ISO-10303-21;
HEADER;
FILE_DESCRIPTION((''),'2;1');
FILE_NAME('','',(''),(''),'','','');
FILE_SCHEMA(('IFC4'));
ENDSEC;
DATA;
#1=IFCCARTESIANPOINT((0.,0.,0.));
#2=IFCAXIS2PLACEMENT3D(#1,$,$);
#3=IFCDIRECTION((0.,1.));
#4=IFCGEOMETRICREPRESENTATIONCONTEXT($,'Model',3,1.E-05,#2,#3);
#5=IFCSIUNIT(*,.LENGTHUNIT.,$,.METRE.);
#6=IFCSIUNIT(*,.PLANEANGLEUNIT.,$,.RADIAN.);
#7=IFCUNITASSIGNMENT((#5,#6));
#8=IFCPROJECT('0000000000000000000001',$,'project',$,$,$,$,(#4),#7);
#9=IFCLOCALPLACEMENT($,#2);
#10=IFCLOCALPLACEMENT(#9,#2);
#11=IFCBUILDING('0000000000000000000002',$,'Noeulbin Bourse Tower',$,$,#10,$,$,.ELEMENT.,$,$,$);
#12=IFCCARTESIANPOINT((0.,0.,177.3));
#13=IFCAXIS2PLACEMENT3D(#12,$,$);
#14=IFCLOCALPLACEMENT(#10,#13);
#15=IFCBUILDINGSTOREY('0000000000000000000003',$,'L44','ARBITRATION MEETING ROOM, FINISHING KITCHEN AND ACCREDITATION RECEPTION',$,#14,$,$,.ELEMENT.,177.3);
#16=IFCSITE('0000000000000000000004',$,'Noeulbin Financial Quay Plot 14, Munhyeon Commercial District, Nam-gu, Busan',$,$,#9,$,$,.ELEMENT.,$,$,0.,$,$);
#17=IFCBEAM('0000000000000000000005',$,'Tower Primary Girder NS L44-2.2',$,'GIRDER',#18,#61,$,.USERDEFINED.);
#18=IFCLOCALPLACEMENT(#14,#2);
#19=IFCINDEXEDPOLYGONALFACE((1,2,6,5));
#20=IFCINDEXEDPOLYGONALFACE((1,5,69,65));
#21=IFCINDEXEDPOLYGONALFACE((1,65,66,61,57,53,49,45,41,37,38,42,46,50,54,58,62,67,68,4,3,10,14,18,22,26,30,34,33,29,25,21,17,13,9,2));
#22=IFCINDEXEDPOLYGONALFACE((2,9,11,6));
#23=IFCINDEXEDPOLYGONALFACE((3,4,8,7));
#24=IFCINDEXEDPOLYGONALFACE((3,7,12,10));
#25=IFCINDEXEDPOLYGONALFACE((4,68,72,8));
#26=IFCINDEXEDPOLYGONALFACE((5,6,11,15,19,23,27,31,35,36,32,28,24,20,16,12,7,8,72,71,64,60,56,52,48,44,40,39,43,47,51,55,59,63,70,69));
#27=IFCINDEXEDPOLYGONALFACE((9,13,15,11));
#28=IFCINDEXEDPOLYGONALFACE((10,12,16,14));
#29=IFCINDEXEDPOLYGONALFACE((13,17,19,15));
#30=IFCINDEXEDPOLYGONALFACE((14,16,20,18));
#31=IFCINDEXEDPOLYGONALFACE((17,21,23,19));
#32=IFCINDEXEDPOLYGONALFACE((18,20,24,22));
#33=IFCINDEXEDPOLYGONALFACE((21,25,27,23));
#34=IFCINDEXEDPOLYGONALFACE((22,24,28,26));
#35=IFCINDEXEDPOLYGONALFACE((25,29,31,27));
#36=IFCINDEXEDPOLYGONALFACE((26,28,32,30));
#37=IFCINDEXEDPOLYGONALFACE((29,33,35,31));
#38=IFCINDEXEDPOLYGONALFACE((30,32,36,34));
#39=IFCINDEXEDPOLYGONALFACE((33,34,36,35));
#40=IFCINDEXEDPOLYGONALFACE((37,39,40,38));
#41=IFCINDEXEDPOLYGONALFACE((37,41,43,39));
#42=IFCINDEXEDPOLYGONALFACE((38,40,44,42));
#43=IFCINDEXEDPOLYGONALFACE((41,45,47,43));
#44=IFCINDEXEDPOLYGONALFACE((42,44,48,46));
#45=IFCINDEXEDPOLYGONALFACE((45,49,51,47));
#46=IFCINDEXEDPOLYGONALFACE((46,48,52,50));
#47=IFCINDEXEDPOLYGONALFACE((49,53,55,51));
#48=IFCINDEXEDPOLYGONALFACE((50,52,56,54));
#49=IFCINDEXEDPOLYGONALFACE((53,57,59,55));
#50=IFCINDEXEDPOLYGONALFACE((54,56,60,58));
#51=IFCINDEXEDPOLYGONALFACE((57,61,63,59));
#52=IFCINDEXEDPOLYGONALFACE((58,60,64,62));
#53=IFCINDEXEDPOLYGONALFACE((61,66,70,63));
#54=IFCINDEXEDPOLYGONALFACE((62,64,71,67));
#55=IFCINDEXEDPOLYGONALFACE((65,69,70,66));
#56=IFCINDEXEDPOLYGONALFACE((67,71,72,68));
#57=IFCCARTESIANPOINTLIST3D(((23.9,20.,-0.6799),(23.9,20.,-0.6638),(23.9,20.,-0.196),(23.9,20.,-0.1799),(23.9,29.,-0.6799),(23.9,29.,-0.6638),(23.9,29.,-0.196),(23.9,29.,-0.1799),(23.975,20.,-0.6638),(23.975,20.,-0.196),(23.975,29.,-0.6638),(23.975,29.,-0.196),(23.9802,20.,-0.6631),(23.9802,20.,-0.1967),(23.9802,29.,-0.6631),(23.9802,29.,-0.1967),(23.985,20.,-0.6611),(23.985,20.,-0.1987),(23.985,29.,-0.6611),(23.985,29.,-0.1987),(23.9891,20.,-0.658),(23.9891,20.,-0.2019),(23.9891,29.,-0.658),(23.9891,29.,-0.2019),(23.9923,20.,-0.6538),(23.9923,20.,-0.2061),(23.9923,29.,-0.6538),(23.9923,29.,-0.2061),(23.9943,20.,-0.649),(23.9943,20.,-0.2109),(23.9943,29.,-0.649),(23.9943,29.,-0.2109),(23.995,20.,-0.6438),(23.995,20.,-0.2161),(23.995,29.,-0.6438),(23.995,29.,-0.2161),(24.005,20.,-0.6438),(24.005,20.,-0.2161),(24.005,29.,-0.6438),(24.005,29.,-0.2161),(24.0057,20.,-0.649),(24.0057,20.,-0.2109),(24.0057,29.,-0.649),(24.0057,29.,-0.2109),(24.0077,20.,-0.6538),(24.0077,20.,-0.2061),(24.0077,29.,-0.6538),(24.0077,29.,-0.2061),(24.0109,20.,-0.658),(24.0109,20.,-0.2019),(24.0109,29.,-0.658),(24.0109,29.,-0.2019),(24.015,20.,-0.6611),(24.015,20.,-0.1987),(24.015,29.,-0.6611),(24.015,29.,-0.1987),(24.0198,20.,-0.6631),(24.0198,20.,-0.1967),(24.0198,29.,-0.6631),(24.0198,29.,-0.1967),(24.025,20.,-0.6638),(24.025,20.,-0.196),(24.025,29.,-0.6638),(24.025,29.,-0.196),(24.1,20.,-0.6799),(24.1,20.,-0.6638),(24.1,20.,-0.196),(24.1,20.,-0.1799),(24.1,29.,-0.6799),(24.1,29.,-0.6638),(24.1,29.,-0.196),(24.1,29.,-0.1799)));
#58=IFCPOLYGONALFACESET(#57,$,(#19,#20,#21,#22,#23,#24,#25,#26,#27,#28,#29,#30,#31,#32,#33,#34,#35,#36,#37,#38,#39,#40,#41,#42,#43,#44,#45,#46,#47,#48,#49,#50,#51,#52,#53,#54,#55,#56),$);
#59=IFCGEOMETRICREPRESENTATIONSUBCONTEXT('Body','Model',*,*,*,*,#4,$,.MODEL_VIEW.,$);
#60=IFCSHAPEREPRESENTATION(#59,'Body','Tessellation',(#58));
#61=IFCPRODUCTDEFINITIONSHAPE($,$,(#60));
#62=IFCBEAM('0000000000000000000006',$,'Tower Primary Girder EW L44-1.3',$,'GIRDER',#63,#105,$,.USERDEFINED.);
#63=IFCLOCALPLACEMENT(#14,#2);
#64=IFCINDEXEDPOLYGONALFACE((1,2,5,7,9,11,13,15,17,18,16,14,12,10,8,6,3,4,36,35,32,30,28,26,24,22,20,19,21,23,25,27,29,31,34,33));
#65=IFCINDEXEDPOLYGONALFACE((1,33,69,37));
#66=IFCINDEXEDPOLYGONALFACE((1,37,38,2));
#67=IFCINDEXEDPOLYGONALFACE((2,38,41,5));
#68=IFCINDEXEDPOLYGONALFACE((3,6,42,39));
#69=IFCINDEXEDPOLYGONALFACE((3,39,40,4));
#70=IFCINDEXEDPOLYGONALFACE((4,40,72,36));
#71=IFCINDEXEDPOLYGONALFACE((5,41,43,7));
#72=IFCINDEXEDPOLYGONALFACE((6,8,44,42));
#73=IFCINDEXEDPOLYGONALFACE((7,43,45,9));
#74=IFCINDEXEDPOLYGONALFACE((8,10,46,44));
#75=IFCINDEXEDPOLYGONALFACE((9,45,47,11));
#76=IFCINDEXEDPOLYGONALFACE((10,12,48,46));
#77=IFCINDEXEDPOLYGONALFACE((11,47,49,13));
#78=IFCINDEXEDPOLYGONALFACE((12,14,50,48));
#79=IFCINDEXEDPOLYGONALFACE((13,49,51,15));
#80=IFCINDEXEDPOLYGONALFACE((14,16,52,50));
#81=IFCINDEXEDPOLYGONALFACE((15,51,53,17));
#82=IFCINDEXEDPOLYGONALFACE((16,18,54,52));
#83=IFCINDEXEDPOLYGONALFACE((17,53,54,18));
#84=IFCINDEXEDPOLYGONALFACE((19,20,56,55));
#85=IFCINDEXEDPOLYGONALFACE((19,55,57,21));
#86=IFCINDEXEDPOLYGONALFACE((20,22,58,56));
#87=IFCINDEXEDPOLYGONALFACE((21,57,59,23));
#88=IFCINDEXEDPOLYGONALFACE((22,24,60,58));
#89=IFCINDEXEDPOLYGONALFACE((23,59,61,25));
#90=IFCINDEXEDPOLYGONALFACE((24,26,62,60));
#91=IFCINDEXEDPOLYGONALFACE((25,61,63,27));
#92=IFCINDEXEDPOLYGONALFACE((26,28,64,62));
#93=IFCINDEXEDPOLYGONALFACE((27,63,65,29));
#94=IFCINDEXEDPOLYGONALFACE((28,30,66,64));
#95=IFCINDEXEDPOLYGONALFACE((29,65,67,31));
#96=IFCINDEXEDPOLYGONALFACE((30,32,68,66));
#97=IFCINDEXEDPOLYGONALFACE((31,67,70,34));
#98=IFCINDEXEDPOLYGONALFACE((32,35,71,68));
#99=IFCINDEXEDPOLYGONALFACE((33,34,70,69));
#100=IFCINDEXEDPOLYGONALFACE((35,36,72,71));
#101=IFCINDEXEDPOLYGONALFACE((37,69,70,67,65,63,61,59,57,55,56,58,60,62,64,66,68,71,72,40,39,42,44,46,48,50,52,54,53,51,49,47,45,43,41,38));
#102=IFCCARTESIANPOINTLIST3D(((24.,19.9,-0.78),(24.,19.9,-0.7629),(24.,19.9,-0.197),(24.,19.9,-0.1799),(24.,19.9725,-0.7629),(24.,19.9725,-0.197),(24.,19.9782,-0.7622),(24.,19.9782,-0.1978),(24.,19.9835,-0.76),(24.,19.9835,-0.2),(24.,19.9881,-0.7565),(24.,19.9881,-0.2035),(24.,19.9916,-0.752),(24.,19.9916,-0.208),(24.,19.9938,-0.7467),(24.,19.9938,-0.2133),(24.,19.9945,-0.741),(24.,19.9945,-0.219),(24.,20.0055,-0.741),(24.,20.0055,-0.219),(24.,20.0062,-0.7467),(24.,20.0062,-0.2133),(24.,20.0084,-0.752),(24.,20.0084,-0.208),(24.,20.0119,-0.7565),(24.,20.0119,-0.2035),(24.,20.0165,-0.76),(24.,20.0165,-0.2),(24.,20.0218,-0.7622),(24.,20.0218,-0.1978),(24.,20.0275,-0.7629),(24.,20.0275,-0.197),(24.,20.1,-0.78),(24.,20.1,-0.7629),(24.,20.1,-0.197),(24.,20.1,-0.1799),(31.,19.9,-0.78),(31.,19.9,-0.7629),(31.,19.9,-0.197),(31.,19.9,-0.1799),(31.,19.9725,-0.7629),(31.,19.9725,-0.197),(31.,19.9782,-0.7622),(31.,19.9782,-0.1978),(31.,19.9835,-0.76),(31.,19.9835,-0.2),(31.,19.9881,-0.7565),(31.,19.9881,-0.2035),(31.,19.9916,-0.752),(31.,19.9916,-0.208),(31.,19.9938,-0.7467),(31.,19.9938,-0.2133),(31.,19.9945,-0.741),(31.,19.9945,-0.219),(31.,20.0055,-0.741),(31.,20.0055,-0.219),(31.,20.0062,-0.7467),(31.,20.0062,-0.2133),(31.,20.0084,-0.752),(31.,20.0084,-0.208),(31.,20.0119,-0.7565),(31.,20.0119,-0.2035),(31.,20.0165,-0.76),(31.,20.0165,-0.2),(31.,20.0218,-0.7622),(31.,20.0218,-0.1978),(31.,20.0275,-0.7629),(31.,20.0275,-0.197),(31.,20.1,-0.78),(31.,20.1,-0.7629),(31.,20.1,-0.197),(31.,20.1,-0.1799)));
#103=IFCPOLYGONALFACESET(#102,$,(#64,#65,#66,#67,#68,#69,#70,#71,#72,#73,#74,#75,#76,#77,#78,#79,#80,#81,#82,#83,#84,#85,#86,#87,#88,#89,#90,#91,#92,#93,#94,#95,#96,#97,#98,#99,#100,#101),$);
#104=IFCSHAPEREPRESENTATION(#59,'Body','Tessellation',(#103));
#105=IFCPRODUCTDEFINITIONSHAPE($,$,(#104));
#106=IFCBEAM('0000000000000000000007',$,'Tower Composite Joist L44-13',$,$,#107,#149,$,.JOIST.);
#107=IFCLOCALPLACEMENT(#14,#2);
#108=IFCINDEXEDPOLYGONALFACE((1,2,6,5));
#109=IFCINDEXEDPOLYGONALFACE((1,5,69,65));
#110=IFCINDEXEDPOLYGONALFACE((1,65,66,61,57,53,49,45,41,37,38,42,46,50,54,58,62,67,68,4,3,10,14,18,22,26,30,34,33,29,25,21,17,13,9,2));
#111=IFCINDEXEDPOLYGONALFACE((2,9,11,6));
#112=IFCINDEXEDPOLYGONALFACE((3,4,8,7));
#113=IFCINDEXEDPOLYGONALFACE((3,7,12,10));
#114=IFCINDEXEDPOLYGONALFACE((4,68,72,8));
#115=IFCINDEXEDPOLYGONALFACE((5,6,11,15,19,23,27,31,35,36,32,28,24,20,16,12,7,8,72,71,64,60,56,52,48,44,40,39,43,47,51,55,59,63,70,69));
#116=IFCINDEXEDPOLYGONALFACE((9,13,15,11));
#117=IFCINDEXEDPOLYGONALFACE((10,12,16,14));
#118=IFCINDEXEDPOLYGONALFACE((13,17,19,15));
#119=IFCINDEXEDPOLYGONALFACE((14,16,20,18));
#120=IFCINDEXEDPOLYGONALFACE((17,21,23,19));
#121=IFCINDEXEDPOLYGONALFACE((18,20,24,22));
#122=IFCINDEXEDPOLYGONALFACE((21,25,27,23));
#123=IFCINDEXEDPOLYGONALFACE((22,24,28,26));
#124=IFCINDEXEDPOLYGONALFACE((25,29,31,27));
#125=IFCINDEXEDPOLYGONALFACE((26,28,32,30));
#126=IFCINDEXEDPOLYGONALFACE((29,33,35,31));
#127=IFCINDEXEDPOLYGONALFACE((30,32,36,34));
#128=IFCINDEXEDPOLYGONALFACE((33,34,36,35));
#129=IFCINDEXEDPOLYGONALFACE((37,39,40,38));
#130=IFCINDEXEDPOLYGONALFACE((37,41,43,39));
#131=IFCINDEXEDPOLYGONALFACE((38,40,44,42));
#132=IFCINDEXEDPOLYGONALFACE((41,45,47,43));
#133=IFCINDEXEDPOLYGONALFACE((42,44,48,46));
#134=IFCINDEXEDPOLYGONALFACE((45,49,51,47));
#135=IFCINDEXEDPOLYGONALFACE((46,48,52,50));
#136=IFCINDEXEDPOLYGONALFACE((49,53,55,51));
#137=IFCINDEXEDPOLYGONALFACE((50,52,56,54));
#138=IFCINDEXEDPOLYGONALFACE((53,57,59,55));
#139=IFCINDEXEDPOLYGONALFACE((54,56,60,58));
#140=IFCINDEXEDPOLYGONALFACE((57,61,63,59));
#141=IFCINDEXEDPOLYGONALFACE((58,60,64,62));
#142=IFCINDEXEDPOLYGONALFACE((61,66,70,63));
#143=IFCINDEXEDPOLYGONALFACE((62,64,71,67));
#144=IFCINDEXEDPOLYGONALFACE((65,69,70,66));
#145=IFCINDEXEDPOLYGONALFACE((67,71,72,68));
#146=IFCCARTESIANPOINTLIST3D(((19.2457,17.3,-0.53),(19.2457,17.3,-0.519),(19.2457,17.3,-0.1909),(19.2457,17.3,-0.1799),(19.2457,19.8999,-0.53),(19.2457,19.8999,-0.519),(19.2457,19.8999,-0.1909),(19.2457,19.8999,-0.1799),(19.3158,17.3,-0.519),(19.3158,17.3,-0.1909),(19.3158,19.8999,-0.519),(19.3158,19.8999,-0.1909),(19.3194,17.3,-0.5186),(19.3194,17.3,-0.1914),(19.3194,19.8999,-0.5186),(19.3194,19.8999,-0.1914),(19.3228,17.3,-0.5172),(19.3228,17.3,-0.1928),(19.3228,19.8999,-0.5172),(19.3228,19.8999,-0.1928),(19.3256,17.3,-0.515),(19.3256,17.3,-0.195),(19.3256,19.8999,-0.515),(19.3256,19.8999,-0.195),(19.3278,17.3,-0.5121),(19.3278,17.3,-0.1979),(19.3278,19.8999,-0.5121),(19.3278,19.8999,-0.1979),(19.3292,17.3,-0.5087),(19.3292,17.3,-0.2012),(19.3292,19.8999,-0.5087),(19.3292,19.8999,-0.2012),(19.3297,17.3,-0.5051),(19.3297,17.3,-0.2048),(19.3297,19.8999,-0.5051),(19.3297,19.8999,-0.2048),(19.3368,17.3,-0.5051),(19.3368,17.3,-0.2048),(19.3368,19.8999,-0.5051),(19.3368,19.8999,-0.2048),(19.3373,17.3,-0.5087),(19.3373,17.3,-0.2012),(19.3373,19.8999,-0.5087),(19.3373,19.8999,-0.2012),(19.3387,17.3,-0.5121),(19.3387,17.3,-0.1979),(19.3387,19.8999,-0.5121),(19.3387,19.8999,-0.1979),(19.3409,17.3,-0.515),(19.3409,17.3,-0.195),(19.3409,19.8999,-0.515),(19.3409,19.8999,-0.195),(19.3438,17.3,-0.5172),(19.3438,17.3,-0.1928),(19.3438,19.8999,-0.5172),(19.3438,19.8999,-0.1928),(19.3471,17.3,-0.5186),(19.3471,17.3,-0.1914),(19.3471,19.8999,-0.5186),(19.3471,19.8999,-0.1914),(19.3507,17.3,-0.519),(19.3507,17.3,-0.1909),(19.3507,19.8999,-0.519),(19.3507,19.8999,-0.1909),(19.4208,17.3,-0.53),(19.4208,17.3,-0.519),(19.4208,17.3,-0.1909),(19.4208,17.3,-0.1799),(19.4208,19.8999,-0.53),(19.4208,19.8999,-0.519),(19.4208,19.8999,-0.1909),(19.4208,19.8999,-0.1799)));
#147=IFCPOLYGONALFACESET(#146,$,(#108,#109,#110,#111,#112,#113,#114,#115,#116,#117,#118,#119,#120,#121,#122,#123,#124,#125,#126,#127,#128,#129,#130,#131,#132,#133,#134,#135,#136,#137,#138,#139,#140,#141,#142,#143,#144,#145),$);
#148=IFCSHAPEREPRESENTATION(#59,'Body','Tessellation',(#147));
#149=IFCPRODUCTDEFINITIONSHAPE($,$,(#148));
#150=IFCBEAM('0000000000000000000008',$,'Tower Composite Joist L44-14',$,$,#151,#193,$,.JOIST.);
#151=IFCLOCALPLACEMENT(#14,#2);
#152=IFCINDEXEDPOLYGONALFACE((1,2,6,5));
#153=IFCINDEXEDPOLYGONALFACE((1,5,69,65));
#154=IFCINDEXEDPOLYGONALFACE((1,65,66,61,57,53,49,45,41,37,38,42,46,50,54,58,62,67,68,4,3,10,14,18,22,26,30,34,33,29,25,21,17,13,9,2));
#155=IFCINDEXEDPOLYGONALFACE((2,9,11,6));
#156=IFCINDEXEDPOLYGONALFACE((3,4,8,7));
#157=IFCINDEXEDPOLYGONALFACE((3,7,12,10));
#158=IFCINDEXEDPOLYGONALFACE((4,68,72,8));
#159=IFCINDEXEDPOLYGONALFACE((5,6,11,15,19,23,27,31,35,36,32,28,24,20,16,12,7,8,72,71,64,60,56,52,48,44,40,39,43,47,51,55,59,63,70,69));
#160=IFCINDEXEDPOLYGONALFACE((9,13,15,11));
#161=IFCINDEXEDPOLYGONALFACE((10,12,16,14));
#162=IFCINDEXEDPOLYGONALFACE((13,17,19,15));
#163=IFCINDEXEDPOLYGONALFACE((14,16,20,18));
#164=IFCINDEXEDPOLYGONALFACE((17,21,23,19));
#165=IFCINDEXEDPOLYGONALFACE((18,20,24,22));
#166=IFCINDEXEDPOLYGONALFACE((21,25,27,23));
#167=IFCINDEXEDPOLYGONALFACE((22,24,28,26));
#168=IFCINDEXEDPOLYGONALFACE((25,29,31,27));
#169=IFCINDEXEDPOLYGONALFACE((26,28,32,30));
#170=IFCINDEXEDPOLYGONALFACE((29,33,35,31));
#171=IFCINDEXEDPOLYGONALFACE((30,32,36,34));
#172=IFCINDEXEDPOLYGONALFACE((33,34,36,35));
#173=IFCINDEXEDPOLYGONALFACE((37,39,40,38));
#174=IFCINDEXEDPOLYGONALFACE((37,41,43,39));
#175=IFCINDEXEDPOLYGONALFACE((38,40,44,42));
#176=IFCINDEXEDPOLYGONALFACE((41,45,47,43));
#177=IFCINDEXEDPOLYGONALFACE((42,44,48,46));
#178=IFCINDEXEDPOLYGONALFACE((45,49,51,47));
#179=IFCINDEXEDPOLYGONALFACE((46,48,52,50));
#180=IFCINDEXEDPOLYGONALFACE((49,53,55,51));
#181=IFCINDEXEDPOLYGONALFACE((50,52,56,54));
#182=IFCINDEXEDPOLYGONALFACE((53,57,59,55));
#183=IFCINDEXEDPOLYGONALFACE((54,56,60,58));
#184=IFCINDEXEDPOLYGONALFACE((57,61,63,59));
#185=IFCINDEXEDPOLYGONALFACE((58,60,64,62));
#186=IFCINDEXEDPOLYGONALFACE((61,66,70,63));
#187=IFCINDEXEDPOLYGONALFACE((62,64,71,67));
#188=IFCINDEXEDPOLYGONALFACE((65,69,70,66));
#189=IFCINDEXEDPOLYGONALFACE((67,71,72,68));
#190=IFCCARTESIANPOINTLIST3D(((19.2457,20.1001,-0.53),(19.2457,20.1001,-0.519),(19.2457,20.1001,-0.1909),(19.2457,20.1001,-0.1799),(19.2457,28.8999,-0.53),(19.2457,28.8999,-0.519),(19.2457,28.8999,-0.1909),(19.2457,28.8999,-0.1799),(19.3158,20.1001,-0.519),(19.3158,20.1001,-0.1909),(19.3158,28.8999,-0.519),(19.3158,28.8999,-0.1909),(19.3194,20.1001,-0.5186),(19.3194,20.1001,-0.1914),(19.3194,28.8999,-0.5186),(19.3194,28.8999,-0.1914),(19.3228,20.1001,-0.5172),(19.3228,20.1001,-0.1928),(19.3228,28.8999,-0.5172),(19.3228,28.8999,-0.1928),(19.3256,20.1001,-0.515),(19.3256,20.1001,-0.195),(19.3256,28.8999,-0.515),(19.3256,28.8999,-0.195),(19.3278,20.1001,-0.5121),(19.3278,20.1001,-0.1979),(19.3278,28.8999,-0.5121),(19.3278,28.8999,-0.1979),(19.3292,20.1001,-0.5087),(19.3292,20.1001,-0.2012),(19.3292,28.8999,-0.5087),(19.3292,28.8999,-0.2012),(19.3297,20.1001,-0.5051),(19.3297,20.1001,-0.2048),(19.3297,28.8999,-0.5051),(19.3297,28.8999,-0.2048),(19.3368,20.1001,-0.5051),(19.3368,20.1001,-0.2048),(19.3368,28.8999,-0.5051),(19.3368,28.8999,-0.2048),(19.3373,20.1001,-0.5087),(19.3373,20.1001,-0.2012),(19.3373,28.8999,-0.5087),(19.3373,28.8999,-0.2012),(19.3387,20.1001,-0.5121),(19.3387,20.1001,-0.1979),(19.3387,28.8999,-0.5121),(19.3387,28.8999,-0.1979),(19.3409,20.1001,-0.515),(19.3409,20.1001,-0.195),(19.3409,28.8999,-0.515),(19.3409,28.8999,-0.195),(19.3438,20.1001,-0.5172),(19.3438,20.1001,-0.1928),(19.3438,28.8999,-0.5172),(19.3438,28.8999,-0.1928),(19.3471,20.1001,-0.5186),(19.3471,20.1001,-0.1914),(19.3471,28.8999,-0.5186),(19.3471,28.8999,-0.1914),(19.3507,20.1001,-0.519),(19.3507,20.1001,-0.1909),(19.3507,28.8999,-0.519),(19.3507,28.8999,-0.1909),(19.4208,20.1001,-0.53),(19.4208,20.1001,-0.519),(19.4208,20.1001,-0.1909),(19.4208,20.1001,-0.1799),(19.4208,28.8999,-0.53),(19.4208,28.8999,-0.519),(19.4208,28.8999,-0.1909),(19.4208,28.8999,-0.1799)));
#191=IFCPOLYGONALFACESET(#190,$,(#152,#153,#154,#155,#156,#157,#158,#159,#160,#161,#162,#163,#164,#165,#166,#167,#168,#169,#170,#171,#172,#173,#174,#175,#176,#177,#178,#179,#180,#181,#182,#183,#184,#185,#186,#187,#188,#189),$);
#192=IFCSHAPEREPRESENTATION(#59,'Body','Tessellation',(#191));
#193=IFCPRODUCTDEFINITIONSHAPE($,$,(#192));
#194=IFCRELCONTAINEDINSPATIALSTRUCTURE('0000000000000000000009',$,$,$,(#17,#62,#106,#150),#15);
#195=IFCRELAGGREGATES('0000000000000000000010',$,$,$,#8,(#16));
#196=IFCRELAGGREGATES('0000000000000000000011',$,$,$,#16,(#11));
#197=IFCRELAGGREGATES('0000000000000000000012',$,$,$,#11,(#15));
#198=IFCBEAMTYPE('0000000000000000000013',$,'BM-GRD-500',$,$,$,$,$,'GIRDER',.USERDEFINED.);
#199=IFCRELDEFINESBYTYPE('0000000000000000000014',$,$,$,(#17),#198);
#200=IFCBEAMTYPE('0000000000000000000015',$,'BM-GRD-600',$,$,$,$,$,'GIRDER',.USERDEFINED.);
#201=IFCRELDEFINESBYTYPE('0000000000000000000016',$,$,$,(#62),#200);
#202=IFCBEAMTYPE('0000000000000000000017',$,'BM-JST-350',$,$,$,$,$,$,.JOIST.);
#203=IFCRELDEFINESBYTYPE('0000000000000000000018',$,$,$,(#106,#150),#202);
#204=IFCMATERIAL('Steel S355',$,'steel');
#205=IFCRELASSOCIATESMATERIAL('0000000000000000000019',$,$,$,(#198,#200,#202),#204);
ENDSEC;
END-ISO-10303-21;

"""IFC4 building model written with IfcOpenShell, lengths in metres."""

from ifc_helpers import new_model, si_unit, direction, frame, origin, origin_2d, place, context, subcontext, project, spatial, i_section, extrude, material, material_profile, profile_set, type_object, element, save


model = new_model("IFC4")

# Units and contexts
model_context = context("Model", 3, precision=1e-05, world=origin(), true_north=direction((0.0, 1.0)))
body_context = subcontext(model_context, "Body", "Model", "MODEL_VIEW")
ifc_project = project(units=[si_unit("LENGTHUNIT", "METRE"), si_unit("PLANEANGLEUNIT", "RADIAN")], contexts=[model_context])

# Site, building, storey
site_placement = place(None, origin())
site = spatial("IfcSite", under=ifc_project, at=site_placement, Name="Noeulbin Financial Quay Plot 14, Munhyeon Commercial District, Nam-gu, Busan", CompositionType="ELEMENT", RefElevation=0.0)
building_placement = place(site_placement, origin())
building = spatial("IfcBuilding", under=site, at=building_placement, Name="Noeulbin Bourse Tower", CompositionType="ELEMENT")
storey_placement = place(building_placement, frame((0.0, 0.0, 177.3)))
storey = spatial("IfcBuildingStorey", under=building, at=storey_placement, Name="L44", Description="ARBITRATION MEETING ROOM, FINISHING KITCHEN AND ACCREDITATION RECEPTION", CompositionType="ELEMENT", Elevation=177.3)

# Shared definitions
ifc_material_1 = material(Name="Steel S355", Category="steel")

# Beams
ifc_material_profile_1 = material_profile(ifc_material_1, i_section(OverallWidth=0.2, OverallDepth=0.5, WebThickness=0.01, FlangeThickness=0.0161, FilletRadius=0.02, at=origin_2d()), Name="H-500x200x10x16", Category="LoadBearing")
ifc_profile_set_1 = profile_set([ifc_material_profile_1], Name="Steel S355")
beam_type_1 = type_object("IfcBeamType", Name="BM-GRD-500", ElementType="GIRDER", PredefinedType="USERDEFINED", material=ifc_profile_set_1)
beam_1_placement = place(storey_placement, frame((24.0, 20.0, -0.4299), z_axis=(0.0, 1.0, 0.0), x_axis=(-1.0, 0.0, 0.0)))
element("IfcBeam", 1, at=beam_1_placement, inside=storey, type_object=beam_type_1, Name="Tower Primary Girder NS L44-2.2", ObjectType="GIRDER", PredefinedType="USERDEFINED", context=body_context, shape_type="SweptSolid", body=[
    extrude(i_section(OverallWidth=0.2, OverallDepth=0.5, WebThickness=0.01, FlangeThickness=0.0161, FilletRadius=0.02, at=origin_2d()), origin(), (0.0, 0.0, 1.0), 9.0),
])
ifc_material_profile_2 = material_profile(ifc_material_1, i_section(OverallWidth=0.2, OverallDepth=0.6001, WebThickness=0.011, FlangeThickness=0.0171, FilletRadius=0.022, at=origin_2d()), Name="H-600x200x11x17", Category="LoadBearing")
ifc_profile_set_2 = profile_set([ifc_material_profile_2], Name="Steel S355")
beam_type_2 = type_object("IfcBeamType", Name="BM-GRD-600", ElementType="GIRDER", PredefinedType="USERDEFINED", material=ifc_profile_set_2)
beam_2_placement = place(storey_placement, frame((24.0, 20.0, -0.48), z_axis=(1.0, 0.0, 0.0), x_axis=(0.0, 1.0, 0.0)))
element("IfcBeam", 2, at=beam_2_placement, inside=storey, type_object=beam_type_2, Name="Tower Primary Girder EW L44-1.3", ObjectType="GIRDER", PredefinedType="USERDEFINED", context=body_context, shape_type="SweptSolid", body=[
    extrude(i_section(OverallWidth=0.2, OverallDepth=0.6001, WebThickness=0.011, FlangeThickness=0.0171, FilletRadius=0.022, at=origin_2d()), origin(), (0.0, 0.0, 1.0), 7.0),
])
ifc_material_profile_3 = material_profile(ifc_material_1, i_section(OverallWidth=0.175, OverallDepth=0.3501, WebThickness=0.0071, FlangeThickness=0.011, FilletRadius=0.0139, at=origin_2d()), Name="H-350x175x7x11", Category="LoadBearing")
ifc_profile_set_3 = profile_set([ifc_material_profile_3], Name="Steel S355")
beam_type_3 = type_object("IfcBeamType", Name="BM-JST-350", PredefinedType="JOIST", material=ifc_profile_set_3)
beam_3_placement = place(storey_placement, frame((19.3333, 17.3, -0.355), z_axis=(0.0, 1.0, 0.0), x_axis=(-1.0, 0.0, 0.0)))
element("IfcBeam", 3, at=beam_3_placement, inside=storey, type_object=beam_type_3, Name="Tower Composite Joist L44-13", PredefinedType="JOIST", context=body_context, shape_type="SweptSolid", body=[
    extrude(i_section(OverallWidth=0.175, OverallDepth=0.3501, WebThickness=0.0071, FlangeThickness=0.011, FilletRadius=0.0139, at=origin_2d()), origin(), (0.0, 0.0, 1.0), 2.5999),
])
beam_4_placement = place(storey_placement, frame((19.3333, 20.1001, -0.355), z_axis=(0.0, 1.0, 0.0), x_axis=(-1.0, 0.0, 0.0)))
element("IfcBeam", 4, at=beam_4_placement, inside=storey, type_object=beam_type_3, Name="Tower Composite Joist L44-14", PredefinedType="JOIST", context=body_context, shape_type="SweptSolid", body=[
    extrude(i_section(OverallWidth=0.175, OverallDepth=0.3501, WebThickness=0.0071, FlangeThickness=0.011, FilletRadius=0.0139, at=origin_2d()), origin(), (0.0, 0.0, 1.0), 8.7998),
])

save(model, "model.ifc")
